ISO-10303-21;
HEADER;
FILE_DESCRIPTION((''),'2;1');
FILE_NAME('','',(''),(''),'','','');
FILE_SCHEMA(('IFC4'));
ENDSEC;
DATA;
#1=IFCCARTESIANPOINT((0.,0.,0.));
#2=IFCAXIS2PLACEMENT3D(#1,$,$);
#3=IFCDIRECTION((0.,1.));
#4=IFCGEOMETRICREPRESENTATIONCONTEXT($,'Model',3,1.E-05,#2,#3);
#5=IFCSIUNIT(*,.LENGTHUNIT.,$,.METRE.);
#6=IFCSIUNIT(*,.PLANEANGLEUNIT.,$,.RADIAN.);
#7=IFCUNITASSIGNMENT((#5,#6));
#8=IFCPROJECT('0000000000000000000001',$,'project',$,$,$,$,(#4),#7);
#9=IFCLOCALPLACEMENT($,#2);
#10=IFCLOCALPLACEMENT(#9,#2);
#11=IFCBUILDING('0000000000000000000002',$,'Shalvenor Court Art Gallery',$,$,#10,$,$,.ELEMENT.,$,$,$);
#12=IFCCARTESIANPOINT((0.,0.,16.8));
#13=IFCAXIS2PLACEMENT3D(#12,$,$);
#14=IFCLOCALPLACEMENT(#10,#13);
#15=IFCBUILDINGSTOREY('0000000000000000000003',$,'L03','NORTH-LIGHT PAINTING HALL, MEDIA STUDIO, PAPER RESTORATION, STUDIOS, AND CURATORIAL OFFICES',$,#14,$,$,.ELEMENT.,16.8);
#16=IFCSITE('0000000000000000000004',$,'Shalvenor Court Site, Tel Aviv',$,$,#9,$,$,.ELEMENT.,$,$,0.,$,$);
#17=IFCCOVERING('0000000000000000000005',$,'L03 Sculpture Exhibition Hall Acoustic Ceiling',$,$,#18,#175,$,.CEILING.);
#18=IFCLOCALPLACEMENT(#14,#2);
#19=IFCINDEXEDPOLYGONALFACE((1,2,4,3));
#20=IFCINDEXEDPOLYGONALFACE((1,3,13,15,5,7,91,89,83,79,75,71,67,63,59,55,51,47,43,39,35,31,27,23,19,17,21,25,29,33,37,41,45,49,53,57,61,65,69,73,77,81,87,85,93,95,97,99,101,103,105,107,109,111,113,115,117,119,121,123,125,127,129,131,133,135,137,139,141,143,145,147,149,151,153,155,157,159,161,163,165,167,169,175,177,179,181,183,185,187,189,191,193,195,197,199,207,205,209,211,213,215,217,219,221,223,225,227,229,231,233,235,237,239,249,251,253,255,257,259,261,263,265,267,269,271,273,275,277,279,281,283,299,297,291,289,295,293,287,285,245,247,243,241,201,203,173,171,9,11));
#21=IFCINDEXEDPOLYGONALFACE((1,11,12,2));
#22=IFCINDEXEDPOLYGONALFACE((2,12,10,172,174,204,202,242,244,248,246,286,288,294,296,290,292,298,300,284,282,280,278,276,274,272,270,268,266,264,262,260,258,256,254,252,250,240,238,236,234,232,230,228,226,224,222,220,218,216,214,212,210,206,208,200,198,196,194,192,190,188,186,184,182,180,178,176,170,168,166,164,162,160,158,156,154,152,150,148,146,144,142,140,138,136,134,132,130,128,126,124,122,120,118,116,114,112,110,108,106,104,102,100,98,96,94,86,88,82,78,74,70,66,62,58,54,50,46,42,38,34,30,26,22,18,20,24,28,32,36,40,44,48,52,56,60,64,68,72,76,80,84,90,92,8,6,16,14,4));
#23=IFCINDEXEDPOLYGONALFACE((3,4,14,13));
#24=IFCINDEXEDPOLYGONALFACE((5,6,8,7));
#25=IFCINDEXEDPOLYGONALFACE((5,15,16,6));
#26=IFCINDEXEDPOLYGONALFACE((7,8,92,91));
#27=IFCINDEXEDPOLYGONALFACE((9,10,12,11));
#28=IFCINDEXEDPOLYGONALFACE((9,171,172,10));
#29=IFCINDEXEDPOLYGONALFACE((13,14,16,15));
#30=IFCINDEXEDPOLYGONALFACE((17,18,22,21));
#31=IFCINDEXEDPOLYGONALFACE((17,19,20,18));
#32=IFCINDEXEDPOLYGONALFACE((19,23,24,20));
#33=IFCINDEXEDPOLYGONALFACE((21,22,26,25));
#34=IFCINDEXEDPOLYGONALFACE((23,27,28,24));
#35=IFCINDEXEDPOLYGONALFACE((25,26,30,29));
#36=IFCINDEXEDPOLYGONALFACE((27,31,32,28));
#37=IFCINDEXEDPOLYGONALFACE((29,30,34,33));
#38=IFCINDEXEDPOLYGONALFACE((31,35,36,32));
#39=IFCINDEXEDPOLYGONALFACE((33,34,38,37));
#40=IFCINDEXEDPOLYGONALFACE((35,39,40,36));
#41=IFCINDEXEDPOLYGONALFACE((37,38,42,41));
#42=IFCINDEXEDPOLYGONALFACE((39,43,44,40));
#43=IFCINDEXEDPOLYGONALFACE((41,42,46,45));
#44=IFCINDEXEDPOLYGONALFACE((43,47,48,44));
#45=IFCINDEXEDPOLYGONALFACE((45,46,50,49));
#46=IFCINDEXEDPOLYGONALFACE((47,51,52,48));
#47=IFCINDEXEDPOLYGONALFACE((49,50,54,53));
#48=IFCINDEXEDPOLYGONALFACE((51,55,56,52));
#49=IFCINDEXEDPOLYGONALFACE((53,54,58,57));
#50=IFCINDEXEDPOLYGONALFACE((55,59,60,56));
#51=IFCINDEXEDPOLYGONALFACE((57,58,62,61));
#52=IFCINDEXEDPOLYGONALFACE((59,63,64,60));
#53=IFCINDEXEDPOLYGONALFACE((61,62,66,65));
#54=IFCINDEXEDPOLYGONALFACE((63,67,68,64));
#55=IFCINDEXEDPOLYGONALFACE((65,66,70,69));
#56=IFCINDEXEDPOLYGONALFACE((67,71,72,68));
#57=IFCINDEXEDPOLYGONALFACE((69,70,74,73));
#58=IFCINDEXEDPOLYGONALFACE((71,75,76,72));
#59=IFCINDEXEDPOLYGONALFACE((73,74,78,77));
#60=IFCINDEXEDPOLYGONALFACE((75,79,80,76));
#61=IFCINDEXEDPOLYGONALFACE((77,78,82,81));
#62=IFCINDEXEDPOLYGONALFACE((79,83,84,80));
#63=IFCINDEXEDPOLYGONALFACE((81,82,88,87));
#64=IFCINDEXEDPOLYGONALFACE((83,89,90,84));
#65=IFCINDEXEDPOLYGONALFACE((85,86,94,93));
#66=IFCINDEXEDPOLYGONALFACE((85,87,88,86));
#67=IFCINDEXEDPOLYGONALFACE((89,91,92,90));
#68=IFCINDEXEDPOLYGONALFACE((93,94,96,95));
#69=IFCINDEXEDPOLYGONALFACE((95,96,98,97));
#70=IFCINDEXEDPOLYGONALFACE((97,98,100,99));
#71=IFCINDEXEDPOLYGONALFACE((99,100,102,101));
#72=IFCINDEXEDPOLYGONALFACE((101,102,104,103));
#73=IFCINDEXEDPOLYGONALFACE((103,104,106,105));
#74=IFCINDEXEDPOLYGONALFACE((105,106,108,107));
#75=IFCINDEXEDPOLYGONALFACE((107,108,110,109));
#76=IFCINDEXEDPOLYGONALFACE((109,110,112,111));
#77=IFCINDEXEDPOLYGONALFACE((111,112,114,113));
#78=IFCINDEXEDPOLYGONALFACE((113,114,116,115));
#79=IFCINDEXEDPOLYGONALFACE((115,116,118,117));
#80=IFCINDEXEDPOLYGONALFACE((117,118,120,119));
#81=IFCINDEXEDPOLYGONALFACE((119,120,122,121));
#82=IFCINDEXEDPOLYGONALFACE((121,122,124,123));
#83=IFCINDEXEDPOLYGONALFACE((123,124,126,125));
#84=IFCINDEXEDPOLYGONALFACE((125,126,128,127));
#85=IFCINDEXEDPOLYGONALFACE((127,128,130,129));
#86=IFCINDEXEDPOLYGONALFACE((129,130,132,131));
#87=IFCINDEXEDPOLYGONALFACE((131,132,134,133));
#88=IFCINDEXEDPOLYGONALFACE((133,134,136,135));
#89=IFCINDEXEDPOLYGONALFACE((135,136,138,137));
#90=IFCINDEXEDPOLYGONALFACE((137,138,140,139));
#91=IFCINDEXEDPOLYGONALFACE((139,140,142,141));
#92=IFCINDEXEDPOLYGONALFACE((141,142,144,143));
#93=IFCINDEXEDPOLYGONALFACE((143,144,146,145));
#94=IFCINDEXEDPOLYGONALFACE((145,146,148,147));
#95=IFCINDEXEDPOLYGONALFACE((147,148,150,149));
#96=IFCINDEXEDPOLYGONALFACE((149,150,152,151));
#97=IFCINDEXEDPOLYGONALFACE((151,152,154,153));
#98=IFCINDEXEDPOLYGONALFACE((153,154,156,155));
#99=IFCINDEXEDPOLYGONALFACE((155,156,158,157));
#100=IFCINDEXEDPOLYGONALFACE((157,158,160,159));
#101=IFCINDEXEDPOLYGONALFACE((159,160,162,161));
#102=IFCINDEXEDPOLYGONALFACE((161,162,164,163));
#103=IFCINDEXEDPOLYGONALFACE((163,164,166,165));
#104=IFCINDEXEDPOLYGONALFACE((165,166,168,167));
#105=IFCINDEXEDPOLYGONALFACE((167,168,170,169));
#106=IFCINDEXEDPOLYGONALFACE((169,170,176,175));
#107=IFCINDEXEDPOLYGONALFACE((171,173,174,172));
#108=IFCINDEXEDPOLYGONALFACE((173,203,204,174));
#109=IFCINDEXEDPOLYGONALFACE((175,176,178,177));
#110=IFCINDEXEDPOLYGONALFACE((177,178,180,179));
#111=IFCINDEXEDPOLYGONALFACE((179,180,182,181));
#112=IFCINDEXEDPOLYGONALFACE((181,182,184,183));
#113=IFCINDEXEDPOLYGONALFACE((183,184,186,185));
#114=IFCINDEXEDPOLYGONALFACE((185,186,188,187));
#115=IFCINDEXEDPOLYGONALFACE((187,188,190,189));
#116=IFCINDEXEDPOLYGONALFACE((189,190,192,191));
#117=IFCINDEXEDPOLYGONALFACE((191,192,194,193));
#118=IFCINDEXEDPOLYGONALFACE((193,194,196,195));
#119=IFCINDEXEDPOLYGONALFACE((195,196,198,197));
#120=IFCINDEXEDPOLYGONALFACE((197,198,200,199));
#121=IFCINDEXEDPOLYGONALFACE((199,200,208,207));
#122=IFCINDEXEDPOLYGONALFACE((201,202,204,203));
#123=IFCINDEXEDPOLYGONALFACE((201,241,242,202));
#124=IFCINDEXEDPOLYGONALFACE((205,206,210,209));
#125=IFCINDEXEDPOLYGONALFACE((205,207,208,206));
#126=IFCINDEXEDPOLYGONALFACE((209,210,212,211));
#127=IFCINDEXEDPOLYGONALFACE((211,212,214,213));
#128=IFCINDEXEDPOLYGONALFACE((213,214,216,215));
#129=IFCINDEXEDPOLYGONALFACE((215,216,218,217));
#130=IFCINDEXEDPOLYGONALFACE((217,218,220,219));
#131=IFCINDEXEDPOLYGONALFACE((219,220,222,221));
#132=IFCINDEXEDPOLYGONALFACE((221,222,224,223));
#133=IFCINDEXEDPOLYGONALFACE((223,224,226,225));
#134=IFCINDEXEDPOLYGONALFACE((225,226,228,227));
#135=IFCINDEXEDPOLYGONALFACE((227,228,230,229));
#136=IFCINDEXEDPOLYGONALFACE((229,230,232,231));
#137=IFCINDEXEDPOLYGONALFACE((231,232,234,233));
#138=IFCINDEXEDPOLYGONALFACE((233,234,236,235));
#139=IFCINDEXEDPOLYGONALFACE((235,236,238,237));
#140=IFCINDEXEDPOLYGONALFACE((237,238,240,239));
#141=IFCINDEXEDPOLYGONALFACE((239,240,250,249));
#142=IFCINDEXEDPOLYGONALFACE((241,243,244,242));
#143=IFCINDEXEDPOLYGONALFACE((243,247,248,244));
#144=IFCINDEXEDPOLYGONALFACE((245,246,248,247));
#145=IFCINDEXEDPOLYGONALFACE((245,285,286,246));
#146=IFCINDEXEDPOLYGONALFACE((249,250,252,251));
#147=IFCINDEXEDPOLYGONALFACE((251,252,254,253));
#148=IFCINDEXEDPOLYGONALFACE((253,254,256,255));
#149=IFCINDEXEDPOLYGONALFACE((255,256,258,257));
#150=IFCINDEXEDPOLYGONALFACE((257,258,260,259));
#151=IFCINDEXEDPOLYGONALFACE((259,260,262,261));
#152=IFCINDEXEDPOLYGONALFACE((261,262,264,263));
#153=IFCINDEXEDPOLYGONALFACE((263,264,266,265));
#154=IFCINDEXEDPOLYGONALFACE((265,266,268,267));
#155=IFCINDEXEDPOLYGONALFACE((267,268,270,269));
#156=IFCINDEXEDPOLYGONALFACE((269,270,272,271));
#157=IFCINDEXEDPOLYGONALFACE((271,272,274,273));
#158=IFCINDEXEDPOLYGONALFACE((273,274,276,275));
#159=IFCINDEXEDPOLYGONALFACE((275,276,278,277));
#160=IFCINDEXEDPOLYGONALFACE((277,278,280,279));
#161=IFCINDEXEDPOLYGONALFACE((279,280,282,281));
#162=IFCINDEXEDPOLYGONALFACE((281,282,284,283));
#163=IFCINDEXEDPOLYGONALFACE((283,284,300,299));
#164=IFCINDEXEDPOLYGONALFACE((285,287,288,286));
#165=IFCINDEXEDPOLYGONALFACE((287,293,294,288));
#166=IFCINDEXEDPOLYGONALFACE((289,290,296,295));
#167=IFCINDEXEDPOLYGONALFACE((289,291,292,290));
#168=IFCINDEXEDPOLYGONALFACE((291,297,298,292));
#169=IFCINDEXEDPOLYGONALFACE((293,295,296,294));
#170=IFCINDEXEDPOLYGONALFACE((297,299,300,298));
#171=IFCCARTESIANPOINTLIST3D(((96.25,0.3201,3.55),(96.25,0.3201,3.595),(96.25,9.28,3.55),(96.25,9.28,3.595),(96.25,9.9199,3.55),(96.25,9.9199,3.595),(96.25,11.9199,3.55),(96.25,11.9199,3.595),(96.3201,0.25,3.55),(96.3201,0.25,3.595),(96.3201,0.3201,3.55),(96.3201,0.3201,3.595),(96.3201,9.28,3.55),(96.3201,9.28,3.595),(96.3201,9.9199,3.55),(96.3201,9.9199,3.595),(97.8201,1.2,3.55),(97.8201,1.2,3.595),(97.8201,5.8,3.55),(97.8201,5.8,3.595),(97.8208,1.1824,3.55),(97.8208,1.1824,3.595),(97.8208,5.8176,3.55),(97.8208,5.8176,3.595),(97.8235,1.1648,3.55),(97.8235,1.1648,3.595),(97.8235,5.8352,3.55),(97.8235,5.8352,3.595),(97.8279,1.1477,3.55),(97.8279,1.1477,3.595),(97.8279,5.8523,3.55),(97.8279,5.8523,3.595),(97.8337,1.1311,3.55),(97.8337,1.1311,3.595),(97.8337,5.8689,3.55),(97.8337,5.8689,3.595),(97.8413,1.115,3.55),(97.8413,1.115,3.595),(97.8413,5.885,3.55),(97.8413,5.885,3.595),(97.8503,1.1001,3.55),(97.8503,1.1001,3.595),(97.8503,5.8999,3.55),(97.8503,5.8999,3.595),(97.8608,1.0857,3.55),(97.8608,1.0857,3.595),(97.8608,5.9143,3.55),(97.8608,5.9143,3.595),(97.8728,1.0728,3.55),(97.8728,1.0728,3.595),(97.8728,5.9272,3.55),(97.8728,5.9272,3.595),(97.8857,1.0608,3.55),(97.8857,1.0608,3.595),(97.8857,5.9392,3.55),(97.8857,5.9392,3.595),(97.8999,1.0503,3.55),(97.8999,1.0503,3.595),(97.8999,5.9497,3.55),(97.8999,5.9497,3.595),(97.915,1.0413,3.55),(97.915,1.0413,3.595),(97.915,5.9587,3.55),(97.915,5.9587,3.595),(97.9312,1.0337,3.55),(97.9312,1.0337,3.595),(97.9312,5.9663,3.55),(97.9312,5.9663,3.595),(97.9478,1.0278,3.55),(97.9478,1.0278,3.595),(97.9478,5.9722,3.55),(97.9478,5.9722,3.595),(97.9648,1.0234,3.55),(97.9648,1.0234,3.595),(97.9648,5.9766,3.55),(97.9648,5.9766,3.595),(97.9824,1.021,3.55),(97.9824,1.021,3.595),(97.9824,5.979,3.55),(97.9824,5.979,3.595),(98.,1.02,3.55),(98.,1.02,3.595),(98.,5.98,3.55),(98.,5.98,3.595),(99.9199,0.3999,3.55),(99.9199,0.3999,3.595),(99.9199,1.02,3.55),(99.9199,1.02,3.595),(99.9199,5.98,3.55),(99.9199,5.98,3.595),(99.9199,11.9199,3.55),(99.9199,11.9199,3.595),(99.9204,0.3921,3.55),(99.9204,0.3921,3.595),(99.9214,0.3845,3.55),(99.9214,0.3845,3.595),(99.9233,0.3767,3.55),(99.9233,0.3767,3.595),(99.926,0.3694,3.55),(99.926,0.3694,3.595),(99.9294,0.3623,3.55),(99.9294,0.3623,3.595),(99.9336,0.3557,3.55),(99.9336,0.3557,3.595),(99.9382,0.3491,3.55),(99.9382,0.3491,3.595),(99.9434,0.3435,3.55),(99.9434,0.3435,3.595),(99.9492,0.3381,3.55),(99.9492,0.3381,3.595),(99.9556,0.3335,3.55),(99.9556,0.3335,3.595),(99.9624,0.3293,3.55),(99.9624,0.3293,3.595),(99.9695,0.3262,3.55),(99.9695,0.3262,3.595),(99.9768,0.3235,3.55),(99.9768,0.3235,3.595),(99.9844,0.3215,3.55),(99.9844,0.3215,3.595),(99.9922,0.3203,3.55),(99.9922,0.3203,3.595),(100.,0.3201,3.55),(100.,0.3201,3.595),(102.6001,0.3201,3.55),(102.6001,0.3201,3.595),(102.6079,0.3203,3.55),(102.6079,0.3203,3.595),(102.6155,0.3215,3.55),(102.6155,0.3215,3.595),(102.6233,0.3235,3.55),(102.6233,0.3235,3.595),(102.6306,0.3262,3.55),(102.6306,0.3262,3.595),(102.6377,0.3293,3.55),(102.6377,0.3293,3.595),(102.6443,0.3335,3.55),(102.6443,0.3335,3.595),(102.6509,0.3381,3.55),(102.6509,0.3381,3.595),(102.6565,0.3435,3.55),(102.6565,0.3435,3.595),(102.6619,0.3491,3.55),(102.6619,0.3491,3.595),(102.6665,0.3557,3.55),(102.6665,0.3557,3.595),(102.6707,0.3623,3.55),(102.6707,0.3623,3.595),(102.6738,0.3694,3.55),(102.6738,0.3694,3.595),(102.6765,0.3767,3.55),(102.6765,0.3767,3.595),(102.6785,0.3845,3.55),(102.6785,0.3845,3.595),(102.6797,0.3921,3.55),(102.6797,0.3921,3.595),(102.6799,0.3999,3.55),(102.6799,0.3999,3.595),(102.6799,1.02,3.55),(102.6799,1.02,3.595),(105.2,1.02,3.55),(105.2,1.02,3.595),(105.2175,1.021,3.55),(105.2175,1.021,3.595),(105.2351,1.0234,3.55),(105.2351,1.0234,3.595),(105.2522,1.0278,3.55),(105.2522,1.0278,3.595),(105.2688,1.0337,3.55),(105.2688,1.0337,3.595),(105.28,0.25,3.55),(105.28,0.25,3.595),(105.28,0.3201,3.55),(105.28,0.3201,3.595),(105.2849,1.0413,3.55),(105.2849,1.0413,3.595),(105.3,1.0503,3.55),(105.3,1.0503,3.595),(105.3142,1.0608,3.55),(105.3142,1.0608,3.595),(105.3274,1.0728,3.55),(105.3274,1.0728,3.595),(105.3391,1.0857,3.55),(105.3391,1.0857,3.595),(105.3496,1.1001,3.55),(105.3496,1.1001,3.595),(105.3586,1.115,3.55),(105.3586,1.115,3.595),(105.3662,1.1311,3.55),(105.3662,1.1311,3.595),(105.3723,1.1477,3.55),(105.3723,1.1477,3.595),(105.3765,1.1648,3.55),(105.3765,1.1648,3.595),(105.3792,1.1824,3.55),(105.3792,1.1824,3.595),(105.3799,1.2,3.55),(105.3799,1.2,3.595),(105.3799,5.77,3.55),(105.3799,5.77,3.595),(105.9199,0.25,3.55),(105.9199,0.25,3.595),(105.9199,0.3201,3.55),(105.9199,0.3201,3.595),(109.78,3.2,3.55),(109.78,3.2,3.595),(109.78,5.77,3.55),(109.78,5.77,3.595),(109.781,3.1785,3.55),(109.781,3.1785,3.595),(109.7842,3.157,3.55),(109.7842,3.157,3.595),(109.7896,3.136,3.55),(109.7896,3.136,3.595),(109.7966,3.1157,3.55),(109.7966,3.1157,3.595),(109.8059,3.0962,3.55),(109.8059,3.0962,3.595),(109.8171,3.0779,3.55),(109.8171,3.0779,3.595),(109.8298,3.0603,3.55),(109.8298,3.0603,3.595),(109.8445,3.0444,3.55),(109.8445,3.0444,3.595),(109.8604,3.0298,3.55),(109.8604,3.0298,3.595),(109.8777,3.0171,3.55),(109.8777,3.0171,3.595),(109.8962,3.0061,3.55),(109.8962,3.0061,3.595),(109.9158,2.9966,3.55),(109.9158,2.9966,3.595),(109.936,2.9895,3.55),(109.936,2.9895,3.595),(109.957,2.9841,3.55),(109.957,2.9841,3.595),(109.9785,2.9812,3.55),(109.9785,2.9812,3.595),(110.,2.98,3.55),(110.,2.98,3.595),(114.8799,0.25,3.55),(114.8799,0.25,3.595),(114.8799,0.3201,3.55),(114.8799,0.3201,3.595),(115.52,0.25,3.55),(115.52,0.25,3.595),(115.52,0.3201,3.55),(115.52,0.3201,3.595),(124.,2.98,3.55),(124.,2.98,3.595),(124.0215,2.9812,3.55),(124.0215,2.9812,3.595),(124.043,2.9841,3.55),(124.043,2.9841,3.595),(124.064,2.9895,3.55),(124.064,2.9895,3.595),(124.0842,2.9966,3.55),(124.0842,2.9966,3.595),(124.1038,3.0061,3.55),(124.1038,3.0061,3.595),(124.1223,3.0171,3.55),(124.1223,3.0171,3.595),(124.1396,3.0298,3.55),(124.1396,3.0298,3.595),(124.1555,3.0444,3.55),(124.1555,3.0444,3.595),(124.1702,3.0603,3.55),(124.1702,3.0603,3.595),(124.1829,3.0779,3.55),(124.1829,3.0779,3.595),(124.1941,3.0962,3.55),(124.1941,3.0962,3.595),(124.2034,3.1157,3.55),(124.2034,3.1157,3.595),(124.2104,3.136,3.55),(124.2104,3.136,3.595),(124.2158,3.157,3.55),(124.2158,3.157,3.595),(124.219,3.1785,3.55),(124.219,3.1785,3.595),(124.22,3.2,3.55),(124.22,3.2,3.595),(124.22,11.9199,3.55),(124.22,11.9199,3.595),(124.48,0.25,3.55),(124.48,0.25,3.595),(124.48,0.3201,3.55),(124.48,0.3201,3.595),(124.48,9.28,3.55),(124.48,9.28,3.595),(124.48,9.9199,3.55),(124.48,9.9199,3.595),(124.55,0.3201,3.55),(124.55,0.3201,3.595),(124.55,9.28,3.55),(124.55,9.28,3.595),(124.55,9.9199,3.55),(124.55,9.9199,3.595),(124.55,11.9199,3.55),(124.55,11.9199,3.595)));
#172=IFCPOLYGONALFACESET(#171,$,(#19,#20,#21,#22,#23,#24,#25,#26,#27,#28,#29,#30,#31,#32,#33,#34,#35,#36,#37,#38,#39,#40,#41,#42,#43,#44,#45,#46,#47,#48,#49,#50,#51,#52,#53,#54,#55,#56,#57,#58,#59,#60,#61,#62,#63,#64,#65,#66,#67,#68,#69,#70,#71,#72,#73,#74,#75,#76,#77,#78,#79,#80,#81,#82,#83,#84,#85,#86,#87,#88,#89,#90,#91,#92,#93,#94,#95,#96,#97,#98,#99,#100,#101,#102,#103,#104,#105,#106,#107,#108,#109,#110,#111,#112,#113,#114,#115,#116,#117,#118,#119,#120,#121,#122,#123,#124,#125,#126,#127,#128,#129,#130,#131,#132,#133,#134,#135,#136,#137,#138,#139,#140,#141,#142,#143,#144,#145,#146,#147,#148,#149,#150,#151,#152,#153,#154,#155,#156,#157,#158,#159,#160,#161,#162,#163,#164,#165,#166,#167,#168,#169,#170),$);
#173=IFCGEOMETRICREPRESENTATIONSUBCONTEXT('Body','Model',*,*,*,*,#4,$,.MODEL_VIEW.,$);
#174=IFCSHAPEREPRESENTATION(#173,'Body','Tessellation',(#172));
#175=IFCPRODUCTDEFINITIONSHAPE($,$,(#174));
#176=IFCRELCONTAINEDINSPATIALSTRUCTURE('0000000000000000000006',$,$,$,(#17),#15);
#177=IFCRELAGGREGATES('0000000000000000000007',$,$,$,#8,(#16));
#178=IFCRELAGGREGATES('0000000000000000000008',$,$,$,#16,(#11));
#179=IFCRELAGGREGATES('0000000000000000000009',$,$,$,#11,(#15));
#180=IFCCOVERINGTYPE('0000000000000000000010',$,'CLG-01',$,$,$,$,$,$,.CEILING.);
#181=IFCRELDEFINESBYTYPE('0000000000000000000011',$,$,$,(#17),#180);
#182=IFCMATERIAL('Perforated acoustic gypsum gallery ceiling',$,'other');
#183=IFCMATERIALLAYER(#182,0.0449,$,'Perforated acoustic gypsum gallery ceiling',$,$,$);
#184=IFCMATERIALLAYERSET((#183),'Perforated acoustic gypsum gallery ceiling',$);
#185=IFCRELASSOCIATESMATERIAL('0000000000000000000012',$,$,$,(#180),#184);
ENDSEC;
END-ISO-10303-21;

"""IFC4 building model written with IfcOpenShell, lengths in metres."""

from ifc_helpers import new_model, si_unit, direction, frame, origin, place, context, subcontext, project, spatial, polyline, outline, extrude, material, layer, layer_set, type_object, element, save


model = new_model("IFC4")

# Units and contexts
model_context = context("Model", 3, precision=1e-05, world=origin(), true_north=direction((0.0, 1.0)))
body_context = subcontext(model_context, "Body", "Model", "MODEL_VIEW")
ifc_project = project(units=[si_unit("LENGTHUNIT", "METRE"), si_unit("PLANEANGLEUNIT", "RADIAN")], contexts=[model_context])

# Site, building, storey
site_placement = place(None, origin())
site = spatial("IfcSite", under=ifc_project, at=site_placement, Name="Shalvenor Court Site, Tel Aviv", CompositionType="ELEMENT", RefElevation=0.0)
building_placement = place(site_placement, origin())
building = spatial("IfcBuilding", under=site, at=building_placement, Name="Shalvenor Court Art Gallery", CompositionType="ELEMENT")
storey_placement = place(building_placement, frame((0.0, 0.0, 16.8)))
storey = spatial("IfcBuildingStorey", under=building, at=storey_placement, Name="L03", Description="NORTH-LIGHT PAINTING HALL, MEDIA STUDIO, PAPER RESTORATION, STUDIOS, AND CURATORIAL OFFICES", CompositionType="ELEMENT", Elevation=16.8)

# Covering
ifc_material_1 = material(Name="Perforated acoustic gypsum gallery ceiling", Category="other")
ifc_layer_1 = layer(ifc_material_1, 0.0449, Name="Perforated acoustic gypsum gallery ceiling")
ifc_layer_set_1 = layer_set([ifc_layer_1], Name="Perforated acoustic gypsum gallery ceiling")
covering_type_1 = type_object("IfcCoveringType", Name="CLG-01", PredefinedType="CEILING", material=ifc_layer_set_1)
covering_1_placement = place(storey_placement, frame((0.0, 0.0, 3.55)))
element("IfcCovering", 1, at=covering_1_placement, inside=storey, type_object=covering_type_1, Name="L03 Sculpture Exhibition Hall Acoustic Ceiling", PredefinedType="CEILING", context=body_context, shape_type="SweptSolid", body=[
    extrude(outline(polyline([(115.52, 0.25), (115.52, 0.3201), (114.8799, 0.3201), (114.8799, 0.25), (105.9199, 0.25), (105.9199, 0.3201), (105.28, 0.3201), (105.28, 0.25), (96.3201, 0.25), (96.3201, 0.3201), (96.25, 0.3201), (96.25, 9.28), (96.3201, 9.28), (96.3201, 9.9199), (96.25, 9.9199), (96.25, 11.9199), (99.9199, 11.9199), (99.9199, 5.98), (98.0, 5.98), (97.9824, 5.979), (97.9648, 5.9766), (97.9478, 5.9722), (97.9312, 5.9663), (97.915, 5.9587), (97.8999, 5.9497), (97.8857, 5.9392), (97.8728, 5.9272), (97.8608, 5.9143), (97.8503, 5.8999), (97.8413, 5.885), (97.8337, 5.8689), (97.8279, 5.8523), (97.8235, 5.8352), (97.8208, 5.8176), (97.8201, 5.8), (97.8201, 1.2), (97.8208, 1.1824), (97.8235, 1.1648), (97.8279, 1.1477), (97.8337, 1.1311), (97.8413, 1.115), (97.8503, 1.1001), (97.8608, 1.0857), (97.8728, 1.0728), (97.8857, 1.0608), (97.8999, 1.0503), (97.915, 1.0413), (97.9312, 1.0337), (97.9478, 1.0278), (97.9648, 1.0234), (97.9824, 1.021), (98.0, 1.02), (99.9199, 1.02), (99.9199, 0.3999), (99.9204, 0.3921), (99.9214, 0.3845), (99.9233, 0.3767), (99.926, 0.3694), (99.9294, 0.3623), (99.9336, 0.3557), (99.9382, 0.3491), (99.9434, 0.3435), (99.9492, 0.3381), (99.9556, 0.3335), (99.9624, 0.3293), (99.9695, 0.3262), (99.9768, 0.3235), (99.9844, 0.3215), (99.9922, 0.3203), (100.0, 0.3201), (102.6001, 0.3201), (102.6079, 0.3203), (102.6155, 0.3215), (102.6233, 0.3235), (102.6306, 0.3262), (102.6377, 0.3293), (102.6443, 0.3335), (102.6509, 0.3381), (102.6565, 0.3435), (102.6619, 0.3491), (102.6665, 0.3557), (102.6707, 0.3623), (102.6738, 0.3694), (102.6765, 0.3767), (102.6785, 0.3845), (102.6797, 0.3921), (102.6799, 0.3999), (102.6799, 1.02), (105.2, 1.02), (105.2175, 1.021), (105.2351, 1.0234), (105.2522, 1.0278), (105.2688, 1.0337), (105.2849, 1.0413), (105.3, 1.0503), (105.3142, 1.0608), (105.3274, 1.0728), (105.3391, 1.0857), (105.3496, 1.1001), (105.3586, 1.115), (105.3662, 1.1311), (105.3723, 1.1477), (105.3765, 1.1648), (105.3792, 1.1824), (105.3799, 1.2), (105.3799, 5.77), (109.78, 5.77), (109.78, 3.2), (109.781, 3.1785), (109.7842, 3.157), (109.7896, 3.136), (109.7966, 3.1157), (109.8059, 3.0962), (109.8171, 3.0779), (109.8298, 3.0603), (109.8445, 3.0444), (109.8604, 3.0298), (109.8777, 3.0171), (109.8962, 3.0061), (109.9158, 2.9966), (109.936, 2.9895), (109.957, 2.9841), (109.9785, 2.9812), (110.0, 2.98), (124.0, 2.98), (124.0215, 2.9812), (124.043, 2.9841), (124.064, 2.9895), (124.0842, 2.9966), (124.1038, 3.0061), (124.1223, 3.0171), (124.1396, 3.0298), (124.1555, 3.0444), (124.1702, 3.0603), (124.1829, 3.0779), (124.1941, 3.0962), (124.2034, 3.1157), (124.2104, 3.136), (124.2158, 3.157), (124.219, 3.1785), (124.22, 3.2), (124.22, 11.9199), (124.55, 11.9199), (124.55, 9.9199), (124.48, 9.9199), (124.48, 9.28), (124.55, 9.28), (124.55, 0.3201), (124.48, 0.3201), (124.48, 0.25), (115.52, 0.25)])), origin(), (0.0, 0.0, 1.0), 0.0449),
])

save(model, "model.ifc")
